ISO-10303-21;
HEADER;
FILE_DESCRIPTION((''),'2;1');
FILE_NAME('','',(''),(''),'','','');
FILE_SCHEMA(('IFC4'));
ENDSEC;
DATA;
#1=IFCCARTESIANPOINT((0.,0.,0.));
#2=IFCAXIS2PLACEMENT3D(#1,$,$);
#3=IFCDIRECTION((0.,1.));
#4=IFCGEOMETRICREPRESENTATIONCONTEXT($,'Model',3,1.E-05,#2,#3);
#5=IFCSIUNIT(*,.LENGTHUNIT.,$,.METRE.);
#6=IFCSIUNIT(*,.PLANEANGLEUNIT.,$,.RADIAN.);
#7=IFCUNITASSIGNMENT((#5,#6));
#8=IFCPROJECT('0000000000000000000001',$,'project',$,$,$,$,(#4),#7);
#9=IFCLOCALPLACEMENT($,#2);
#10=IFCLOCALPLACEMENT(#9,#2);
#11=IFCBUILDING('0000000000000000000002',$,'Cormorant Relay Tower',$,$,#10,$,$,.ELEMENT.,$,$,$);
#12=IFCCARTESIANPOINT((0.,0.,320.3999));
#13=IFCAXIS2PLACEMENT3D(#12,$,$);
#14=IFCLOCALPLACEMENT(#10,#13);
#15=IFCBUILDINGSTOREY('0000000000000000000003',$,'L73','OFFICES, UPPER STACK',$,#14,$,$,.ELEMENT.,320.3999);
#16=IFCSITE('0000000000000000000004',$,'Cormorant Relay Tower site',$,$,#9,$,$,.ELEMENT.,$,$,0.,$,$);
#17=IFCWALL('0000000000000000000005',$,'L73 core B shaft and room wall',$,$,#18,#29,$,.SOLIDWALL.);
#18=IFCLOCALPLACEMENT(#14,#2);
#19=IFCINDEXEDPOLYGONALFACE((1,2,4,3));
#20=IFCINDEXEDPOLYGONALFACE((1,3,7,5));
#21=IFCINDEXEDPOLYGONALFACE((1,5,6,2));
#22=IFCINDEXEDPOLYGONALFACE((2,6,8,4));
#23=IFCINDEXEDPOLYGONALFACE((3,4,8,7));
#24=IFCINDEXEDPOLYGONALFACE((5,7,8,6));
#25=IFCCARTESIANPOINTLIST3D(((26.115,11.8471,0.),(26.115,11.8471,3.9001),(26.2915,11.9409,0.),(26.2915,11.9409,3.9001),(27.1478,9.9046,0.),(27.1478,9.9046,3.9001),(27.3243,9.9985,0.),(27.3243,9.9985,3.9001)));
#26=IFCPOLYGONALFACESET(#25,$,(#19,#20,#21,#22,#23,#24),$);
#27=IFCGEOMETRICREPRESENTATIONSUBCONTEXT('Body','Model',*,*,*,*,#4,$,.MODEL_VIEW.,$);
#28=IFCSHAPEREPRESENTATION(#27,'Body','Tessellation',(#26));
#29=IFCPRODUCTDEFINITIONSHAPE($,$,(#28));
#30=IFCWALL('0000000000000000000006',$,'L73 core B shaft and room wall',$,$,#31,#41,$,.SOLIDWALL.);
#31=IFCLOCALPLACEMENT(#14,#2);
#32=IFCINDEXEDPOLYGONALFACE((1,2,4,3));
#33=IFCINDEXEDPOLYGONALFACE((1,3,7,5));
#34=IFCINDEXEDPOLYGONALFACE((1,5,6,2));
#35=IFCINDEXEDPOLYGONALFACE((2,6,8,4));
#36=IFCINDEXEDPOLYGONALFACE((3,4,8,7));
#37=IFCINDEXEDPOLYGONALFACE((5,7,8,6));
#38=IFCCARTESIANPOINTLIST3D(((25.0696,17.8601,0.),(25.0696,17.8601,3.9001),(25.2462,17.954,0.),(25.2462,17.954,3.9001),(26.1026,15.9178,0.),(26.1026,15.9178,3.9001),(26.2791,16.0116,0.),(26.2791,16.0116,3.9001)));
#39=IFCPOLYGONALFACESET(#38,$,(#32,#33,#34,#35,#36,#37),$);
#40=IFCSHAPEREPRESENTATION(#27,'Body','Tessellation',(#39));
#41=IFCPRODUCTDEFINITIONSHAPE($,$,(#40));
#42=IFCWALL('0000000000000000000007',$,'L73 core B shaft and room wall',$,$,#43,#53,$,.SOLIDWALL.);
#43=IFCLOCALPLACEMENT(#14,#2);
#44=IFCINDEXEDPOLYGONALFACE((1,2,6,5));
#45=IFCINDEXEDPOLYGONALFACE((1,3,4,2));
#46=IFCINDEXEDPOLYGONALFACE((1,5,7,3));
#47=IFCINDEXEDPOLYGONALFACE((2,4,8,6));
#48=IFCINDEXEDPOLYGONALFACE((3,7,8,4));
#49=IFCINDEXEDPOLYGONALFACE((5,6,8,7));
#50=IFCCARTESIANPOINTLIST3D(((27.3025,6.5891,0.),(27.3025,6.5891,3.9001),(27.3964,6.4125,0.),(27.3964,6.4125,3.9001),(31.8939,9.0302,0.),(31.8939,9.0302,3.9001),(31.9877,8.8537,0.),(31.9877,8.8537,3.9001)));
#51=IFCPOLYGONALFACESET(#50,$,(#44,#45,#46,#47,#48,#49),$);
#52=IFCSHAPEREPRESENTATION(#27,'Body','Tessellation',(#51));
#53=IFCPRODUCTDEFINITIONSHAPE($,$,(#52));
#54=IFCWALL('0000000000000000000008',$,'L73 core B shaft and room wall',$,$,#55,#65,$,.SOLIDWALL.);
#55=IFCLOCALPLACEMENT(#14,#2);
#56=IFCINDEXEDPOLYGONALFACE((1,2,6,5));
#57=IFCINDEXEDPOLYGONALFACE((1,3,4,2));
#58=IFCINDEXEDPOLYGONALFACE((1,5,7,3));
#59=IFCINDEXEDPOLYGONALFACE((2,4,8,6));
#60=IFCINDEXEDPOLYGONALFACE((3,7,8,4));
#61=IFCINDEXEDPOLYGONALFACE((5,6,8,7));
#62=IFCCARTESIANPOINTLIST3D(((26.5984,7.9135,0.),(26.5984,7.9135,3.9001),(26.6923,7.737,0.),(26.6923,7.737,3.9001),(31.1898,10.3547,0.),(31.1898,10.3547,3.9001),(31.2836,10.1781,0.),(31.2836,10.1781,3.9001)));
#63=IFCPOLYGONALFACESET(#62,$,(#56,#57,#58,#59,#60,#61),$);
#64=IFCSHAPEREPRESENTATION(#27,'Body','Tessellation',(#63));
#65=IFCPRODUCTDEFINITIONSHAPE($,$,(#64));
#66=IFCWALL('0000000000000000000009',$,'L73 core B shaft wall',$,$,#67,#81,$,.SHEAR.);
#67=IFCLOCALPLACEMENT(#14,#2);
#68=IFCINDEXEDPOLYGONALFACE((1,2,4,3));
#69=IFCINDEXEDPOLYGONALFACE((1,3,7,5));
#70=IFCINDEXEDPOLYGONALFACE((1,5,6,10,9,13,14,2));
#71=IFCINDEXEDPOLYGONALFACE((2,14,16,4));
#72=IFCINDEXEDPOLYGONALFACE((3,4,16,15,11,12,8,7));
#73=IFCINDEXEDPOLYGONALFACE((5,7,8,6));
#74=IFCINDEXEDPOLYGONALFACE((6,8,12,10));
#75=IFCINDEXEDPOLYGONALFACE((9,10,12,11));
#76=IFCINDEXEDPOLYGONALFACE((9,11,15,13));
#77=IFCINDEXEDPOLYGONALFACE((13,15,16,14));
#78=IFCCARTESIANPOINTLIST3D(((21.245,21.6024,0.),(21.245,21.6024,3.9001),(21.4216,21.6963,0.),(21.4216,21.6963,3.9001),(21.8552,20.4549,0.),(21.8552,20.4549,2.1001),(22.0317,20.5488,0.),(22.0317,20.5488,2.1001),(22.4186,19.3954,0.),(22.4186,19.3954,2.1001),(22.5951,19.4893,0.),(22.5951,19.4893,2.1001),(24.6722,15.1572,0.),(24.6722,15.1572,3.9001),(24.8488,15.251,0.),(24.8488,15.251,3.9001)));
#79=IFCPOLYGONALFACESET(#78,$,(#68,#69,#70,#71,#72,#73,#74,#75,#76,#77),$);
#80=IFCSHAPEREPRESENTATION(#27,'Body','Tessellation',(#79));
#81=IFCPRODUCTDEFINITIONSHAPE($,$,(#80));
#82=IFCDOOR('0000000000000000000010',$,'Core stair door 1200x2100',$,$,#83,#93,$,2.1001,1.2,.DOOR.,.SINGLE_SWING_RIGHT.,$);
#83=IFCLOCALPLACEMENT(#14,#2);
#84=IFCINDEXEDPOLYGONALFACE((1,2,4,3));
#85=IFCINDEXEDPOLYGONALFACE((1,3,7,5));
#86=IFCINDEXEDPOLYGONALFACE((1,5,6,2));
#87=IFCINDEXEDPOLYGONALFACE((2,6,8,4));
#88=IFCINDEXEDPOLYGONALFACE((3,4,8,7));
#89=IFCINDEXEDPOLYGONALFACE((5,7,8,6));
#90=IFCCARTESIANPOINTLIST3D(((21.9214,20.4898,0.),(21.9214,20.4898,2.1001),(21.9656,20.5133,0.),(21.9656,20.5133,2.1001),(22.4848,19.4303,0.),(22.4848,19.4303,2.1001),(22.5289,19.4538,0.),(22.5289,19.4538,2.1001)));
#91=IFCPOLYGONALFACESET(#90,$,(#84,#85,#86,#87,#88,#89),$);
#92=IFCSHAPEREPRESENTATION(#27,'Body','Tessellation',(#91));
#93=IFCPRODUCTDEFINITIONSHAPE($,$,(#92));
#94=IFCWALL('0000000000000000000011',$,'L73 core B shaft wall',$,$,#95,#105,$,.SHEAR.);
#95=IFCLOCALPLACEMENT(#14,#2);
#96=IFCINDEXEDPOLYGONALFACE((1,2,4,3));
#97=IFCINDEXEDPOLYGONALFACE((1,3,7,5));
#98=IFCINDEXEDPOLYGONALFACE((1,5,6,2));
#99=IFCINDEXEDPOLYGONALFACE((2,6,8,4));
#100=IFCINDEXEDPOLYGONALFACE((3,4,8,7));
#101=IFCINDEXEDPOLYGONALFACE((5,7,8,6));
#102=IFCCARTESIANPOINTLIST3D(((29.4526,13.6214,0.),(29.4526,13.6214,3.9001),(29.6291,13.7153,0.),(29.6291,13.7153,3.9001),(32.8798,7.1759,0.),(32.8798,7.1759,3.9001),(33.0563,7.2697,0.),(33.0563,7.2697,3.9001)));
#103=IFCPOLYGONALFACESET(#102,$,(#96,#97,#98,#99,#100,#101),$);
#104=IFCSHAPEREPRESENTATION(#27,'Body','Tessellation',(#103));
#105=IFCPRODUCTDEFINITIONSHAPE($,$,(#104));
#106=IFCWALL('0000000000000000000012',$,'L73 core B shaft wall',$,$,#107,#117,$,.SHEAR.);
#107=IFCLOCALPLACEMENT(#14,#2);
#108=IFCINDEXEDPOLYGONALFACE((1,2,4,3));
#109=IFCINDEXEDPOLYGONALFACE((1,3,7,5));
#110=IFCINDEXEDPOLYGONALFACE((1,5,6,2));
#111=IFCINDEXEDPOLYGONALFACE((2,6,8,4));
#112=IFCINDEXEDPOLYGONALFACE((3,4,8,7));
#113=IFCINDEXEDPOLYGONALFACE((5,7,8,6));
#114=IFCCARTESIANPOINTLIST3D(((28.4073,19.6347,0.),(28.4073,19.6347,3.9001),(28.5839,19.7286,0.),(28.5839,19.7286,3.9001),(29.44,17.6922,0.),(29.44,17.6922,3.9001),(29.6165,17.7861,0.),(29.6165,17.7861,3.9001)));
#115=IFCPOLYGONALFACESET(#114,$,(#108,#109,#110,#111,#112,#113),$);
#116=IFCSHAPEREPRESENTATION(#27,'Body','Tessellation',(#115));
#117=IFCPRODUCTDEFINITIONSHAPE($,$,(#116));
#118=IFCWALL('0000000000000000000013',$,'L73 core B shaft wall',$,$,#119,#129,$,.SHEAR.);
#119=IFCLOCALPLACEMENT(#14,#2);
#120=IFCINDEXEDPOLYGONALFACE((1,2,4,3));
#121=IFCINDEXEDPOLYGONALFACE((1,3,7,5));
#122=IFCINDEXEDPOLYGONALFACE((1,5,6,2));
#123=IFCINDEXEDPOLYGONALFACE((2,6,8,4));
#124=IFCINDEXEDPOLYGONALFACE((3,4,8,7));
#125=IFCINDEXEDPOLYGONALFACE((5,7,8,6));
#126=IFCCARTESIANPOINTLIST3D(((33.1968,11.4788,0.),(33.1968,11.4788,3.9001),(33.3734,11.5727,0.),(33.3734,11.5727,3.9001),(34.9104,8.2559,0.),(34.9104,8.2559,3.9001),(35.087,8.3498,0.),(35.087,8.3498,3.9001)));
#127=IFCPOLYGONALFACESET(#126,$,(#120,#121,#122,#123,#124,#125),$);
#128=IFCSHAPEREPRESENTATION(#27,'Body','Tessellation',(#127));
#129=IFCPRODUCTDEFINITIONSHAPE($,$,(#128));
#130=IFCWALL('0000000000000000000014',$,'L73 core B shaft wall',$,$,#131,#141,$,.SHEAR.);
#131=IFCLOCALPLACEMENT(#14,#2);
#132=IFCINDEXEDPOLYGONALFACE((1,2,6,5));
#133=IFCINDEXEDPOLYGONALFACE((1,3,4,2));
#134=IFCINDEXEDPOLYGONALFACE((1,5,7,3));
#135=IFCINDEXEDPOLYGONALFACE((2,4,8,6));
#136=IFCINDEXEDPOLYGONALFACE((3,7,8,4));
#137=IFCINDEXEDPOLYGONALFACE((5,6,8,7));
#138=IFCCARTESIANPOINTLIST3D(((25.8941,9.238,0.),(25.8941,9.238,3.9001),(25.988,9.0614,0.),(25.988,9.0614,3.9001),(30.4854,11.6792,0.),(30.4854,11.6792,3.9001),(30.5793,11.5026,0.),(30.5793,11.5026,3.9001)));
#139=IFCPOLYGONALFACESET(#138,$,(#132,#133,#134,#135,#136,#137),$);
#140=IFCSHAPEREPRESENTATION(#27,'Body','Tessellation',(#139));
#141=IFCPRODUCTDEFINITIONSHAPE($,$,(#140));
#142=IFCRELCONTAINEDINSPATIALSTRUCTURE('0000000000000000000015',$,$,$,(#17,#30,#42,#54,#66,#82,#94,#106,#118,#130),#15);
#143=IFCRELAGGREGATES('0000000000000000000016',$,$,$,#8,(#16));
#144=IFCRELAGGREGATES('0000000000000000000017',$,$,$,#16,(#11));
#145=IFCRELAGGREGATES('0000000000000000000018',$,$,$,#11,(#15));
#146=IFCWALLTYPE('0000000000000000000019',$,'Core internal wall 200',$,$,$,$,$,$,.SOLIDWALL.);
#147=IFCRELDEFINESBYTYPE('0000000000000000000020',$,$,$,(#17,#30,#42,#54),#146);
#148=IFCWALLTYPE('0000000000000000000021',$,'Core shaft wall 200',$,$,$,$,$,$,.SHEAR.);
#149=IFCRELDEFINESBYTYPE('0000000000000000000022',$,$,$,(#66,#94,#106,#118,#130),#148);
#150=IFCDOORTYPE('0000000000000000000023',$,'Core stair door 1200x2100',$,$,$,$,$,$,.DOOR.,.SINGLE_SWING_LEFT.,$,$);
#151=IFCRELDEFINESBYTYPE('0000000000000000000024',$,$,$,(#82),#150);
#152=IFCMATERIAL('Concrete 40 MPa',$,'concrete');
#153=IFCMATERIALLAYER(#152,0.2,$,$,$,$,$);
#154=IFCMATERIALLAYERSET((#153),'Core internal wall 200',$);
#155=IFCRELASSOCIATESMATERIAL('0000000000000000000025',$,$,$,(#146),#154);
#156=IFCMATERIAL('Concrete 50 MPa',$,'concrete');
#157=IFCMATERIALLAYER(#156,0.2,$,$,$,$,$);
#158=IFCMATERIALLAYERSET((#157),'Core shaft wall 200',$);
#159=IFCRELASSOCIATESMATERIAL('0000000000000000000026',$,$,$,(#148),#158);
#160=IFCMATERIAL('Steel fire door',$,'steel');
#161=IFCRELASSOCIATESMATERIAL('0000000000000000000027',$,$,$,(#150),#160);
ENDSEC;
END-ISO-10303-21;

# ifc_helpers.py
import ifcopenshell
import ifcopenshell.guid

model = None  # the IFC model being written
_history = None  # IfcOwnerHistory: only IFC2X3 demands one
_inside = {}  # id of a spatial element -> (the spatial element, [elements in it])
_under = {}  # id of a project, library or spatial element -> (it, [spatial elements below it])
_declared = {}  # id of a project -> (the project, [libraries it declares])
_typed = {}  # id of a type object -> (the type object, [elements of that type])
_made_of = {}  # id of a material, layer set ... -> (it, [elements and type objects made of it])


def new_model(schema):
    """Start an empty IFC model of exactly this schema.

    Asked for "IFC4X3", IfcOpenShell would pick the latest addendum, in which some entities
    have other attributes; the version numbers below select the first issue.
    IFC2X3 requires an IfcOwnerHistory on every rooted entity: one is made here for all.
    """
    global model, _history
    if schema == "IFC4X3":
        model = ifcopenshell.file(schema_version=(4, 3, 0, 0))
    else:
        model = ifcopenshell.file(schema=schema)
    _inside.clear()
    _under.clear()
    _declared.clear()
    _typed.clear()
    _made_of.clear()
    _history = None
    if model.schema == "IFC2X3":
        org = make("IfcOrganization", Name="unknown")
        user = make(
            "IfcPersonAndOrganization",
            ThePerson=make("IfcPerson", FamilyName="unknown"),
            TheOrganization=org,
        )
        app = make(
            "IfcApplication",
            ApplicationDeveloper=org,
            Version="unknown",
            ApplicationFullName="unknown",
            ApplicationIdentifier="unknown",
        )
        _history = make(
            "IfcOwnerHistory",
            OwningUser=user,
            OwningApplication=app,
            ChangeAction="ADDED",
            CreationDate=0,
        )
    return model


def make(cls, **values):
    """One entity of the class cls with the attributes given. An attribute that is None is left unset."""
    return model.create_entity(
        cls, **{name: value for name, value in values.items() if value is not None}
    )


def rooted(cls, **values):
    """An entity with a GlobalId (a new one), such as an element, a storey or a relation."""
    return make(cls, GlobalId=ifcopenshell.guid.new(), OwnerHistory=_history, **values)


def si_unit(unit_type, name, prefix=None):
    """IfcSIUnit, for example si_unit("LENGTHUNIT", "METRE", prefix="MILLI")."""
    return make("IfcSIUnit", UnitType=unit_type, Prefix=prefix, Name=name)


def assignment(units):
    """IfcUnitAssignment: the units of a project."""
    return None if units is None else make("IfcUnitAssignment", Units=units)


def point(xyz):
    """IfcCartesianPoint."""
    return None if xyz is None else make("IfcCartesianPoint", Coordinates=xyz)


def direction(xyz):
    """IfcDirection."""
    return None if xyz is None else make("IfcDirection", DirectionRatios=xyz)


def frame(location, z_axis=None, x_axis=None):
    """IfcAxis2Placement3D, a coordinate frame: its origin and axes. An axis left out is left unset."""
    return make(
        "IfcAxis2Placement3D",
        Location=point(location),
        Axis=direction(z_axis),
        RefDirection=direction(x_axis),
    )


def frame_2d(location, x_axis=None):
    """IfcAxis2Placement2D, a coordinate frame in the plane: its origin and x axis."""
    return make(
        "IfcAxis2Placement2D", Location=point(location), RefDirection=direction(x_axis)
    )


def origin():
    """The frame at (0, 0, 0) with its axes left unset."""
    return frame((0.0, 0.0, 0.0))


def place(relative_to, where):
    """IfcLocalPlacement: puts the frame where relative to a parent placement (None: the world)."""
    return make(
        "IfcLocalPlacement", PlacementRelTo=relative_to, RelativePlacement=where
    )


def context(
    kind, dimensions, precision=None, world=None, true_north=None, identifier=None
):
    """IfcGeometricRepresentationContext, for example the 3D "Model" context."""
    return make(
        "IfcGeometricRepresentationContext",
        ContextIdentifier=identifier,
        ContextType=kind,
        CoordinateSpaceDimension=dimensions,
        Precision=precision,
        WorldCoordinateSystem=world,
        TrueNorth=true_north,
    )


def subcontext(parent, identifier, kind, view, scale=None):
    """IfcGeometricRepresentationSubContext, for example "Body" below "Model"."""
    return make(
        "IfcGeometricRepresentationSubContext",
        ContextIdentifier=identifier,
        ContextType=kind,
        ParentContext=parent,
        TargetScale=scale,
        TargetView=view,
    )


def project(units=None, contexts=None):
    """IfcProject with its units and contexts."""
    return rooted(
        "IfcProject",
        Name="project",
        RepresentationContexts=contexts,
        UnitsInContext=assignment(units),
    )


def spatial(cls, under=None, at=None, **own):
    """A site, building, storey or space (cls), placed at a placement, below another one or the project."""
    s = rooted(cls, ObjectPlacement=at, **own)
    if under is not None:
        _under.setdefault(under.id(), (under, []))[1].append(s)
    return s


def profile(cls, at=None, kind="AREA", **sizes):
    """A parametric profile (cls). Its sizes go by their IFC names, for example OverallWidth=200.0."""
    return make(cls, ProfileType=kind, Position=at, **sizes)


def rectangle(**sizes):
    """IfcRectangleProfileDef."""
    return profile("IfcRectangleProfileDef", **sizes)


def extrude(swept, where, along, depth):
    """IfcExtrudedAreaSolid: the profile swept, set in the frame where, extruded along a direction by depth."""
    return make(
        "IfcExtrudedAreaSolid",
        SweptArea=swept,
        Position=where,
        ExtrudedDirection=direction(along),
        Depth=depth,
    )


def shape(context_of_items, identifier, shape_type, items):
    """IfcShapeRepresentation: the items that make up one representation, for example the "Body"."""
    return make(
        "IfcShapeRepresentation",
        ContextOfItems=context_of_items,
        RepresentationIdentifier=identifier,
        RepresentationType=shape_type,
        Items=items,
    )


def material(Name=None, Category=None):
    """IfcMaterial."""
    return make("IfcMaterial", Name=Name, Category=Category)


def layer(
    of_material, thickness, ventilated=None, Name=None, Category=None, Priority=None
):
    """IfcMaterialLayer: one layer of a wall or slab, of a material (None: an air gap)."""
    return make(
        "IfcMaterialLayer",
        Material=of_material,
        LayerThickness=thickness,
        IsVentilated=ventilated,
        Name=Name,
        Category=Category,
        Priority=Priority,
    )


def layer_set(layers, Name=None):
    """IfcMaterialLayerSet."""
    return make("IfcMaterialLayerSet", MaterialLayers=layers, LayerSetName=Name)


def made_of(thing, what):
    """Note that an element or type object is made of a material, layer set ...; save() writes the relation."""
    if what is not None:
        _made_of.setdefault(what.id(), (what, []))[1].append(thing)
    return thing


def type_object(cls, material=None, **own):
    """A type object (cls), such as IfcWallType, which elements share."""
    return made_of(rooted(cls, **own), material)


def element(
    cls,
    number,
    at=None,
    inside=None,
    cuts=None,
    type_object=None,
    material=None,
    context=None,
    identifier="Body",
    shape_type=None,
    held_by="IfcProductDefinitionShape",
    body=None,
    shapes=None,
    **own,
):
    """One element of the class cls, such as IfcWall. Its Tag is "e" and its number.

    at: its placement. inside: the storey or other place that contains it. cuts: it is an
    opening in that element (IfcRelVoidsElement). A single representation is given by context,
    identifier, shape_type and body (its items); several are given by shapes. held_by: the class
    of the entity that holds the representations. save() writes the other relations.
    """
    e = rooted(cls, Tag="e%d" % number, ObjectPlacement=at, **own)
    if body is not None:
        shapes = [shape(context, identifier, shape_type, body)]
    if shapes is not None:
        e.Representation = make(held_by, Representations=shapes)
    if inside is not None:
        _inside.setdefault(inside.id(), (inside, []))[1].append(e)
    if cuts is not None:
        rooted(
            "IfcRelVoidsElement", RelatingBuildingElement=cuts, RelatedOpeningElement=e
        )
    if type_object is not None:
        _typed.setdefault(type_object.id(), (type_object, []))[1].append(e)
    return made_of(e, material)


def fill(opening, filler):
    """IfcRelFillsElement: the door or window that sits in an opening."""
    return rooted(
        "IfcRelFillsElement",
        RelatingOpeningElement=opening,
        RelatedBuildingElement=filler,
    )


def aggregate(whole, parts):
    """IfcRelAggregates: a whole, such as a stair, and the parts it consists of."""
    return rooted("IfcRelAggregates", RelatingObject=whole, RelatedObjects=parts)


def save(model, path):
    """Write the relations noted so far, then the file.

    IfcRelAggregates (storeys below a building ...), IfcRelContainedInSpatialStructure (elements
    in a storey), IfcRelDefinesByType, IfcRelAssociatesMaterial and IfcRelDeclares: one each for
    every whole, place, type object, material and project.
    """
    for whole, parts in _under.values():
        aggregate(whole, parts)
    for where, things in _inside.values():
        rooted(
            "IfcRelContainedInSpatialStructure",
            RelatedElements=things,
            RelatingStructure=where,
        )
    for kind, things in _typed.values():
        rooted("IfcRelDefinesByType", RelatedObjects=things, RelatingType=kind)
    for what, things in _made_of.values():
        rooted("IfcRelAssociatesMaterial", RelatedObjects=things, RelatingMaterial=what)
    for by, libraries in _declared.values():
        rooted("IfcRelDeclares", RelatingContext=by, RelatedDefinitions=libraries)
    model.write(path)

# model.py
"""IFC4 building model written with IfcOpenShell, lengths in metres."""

from ifc_helpers import new_model, si_unit, direction, frame, frame_2d, origin, place, context, subcontext, project, spatial, rectangle, extrude, material, layer, layer_set, type_object, element, fill, save


model = new_model("IFC4")

# Units and contexts
model_context = context("Model", 3, precision=1e-05, world=origin(), true_north=direction((0.0, 1.0)))
body_context = subcontext(model_context, "Body", "Model", "MODEL_VIEW")
ifc_project = project(units=[si_unit("LENGTHUNIT", "METRE"), si_unit("PLANEANGLEUNIT", "RADIAN")], contexts=[model_context])

# Site, building, storey
site_placement = place(None, origin())
site = spatial("IfcSite", under=ifc_project, at=site_placement, Name="Cormorant Relay Tower site", CompositionType="ELEMENT", RefElevation=0.0)
building_placement = place(site_placement, origin())
building = spatial("IfcBuilding", under=site, at=building_placement, Name="Cormorant Relay Tower", CompositionType="ELEMENT")
storey_placement = place(building_placement, frame((0.0, 0.0, 320.3999)))
storey = spatial("IfcBuildingStorey", under=building, at=storey_placement, Name="L73", Description="OFFICES, UPPER STACK", CompositionType="ELEMENT", Elevation=320.3999)

# Walls
ifc_material_1 = material(Name="Concrete 40 MPa", Category="concrete")
ifc_layer_1 = layer(ifc_material_1, 0.2)
ifc_layer_set_1 = layer_set([ifc_layer_1], Name="Core internal wall 200")
wall_type_1 = type_object("IfcWallType", Name="Core internal wall 200", PredefinedType="SOLIDWALL", material=ifc_layer_set_1)
for number, where, z_axis, x_axis, name in (
    (1, (27.2361, 9.9514, 0.0), (0.0, 0.0, 1.0), (-0.469447, 0.88296, 0.0), "L73 core B shaft and room wall"),
    (2, (26.1909, 15.9646, 0.0), (0.0, 0.0, 1.0), (-0.469534, 0.882914, 0.0), "L73 core B shaft and room wall"),
):
    element("IfcWall", number, at=place(storey_placement, frame(where, z_axis=z_axis, x_axis=x_axis)), inside=storey, type_object=wall_type_1, Name=name, PredefinedType="SOLIDWALL", context=body_context, shape_type="SweptSolid", body=[
        extrude(rectangle(XDim=2.2, YDim=0.2, at=frame_2d((1.1001, 0.0))), origin(), (0.0, 0.0, 1.0), 3.9001),
    ])
for number, where, z_axis, x_axis, name in (
    (3, (27.3494, 6.5007, 0.0), (0.0, 0.0, 1.0), (0.882954, 0.46946, 0.0), "L73 core B shaft and room wall"),
    (4, (26.6453, 7.8252, 0.0), (0.0, 0.0, 1.0), (0.882954, 0.46946, 0.0), "L73 core B shaft and room wall"),
):
    element("IfcWall", number, at=place(storey_placement, frame(where, z_axis=z_axis, x_axis=x_axis)), inside=storey, type_object=wall_type_1, Name=name, PredefinedType="SOLIDWALL", context=body_context, shape_type="SweptSolid", body=[
        extrude(rectangle(XDim=5.2, YDim=0.2, at=frame_2d((2.6001, 0.0))), origin(), (0.0, 0.0, 1.0), 3.9001),
    ])

# Wall, opening, door
ifc_material_2 = material(Name="Concrete 50 MPa", Category="concrete")
ifc_layer_2 = layer(ifc_material_2, 0.2)
ifc_layer_set_2 = layer_set([ifc_layer_2], Name="Core shaft wall 200")
wall_type_2 = type_object("IfcWallType", Name="Core shaft wall 200", PredefinedType="SHEAR", material=ifc_layer_set_2)
wall_1_placement = place(storey_placement, frame((24.7605, 15.2041, 0.0), z_axis=(0.0, 0.0, 1.0), x_axis=(-0.469494, 0.882936, 0.0)))
wall_1 = element("IfcWall", 5, at=wall_1_placement, inside=storey, type_object=wall_type_2, Name="L73 core B shaft wall", PredefinedType="SHEAR", context=body_context, shape_type="SweptSolid", body=[
    extrude(rectangle(XDim=7.2998, YDim=0.2, at=frame_2d((3.6499, 0.0))), origin(), (0.0, 0.0, 1.0), 3.9001),
])
opening_1_placement = place(wall_1_placement, frame((4.8, 0.0, 0.0)))
opening_1 = element("IfcOpeningElement", 6, at=opening_1_placement, cuts=wall_1, PredefinedType="OPENING", context=body_context, shape_type="SweptSolid", body=[
    extrude(rectangle(XDim=1.2, YDim=2.1001, at=frame_2d((0.6001, 1.05))), frame((0.0, 0.1099, 0.0), z_axis=(0.0, -1.0, 0.0), x_axis=(1.0, 0.0, 0.0)), (0.0, 0.0, 1.0), 0.22),
])
ifc_material_3 = material(Name="Steel fire door", Category="steel")
door_type_1 = type_object("IfcDoorType", Name="Core stair door 1200x2100", OperationType="SINGLE_SWING_LEFT", PredefinedType="DOOR", material=ifc_material_3)
door_1_placement = place(opening_1_placement, frame((1.2, 0.0, 0.0), z_axis=(0.0, 0.0, 1.0), x_axis=(-1.0, 0.0, 0.0)))
door_1 = element("IfcDoor", 7, at=door_1_placement, inside=storey, type_object=door_type_1, Name="Core stair door 1200x2100", OperationType="SINGLE_SWING_RIGHT", OverallHeight=2.1001, OverallWidth=1.2, PredefinedType="DOOR", context=body_context, shape_type="SweptSolid", body=[
    extrude(rectangle(XDim=1.2, YDim=2.1001, at=frame_2d((0.6001, 1.05))), frame((0.0, 0.0249, 0.0), z_axis=(0.0, -1.0, 0.0), x_axis=(1.0, 0.0, 0.0)), (0.0, 0.0, 1.0), 0.05),
])
fill(opening_1, door_1)

# Walls
wall_2_placement = place(storey_placement, frame((32.968, 7.2229, 0.0), z_axis=(0.0, 0.0, 1.0), x_axis=(-0.46948, 0.882943, 0.0)))
element("IfcWall", 8, at=wall_2_placement, inside=storey, type_object=wall_type_2, Name="L73 core B shaft wall", PredefinedType="SHEAR", context=body_context, shape_type="SweptSolid", body=[
    extrude(rectangle(XDim=7.3, YDim=0.2, at=frame_2d((3.6499, 0.0))), origin(), (0.0, 0.0, 1.0), 3.9001),
])
wall_3_placement = place(storey_placement, frame((29.5283, 17.739, 0.0), z_axis=(0.0, 0.0, 1.0), x_axis=(-0.469401, 0.882985, 0.0)))
element("IfcWall", 9, at=wall_3_placement, inside=storey, type_object=wall_type_2, Name="L73 core B shaft wall", PredefinedType="SHEAR", context=body_context, shape_type="SweptSolid", body=[
    extrude(rectangle(XDim=2.2, YDim=0.2, at=frame_2d((1.1001, 0.0))), origin(), (0.0, 0.0, 1.0), 3.9001),
])
wall_4_placement = place(storey_placement, frame((34.9988, 8.3027, 0.0), z_axis=(0.0, 0.0, 1.0), x_axis=(-0.469467, 0.88295, 0.0)))
element("IfcWall", 10, at=wall_4_placement, inside=storey, type_object=wall_type_2, Name="L73 core B shaft wall", PredefinedType="SHEAR", context=body_context, shape_type="SweptSolid", body=[
    extrude(rectangle(XDim=3.6501, YDim=0.2, at=frame_2d((1.8252, 0.0))), origin(), (0.0, 0.0, 1.0), 3.9001),
])

# Wall
wall_5_placement = place(storey_placement, frame((25.9409, 9.1497, 0.0), z_axis=(0.0, 0.0, 1.0), x_axis=(0.882954, 0.46946, 0.0)))
element("IfcWall", 11, at=wall_5_placement, inside=storey, type_object=wall_type_2, Name="L73 core B shaft wall", PredefinedType="SHEAR", context=body_context, shape_type="SweptSolid", body=[
    extrude(rectangle(XDim=5.2, YDim=0.2, at=frame_2d((2.6001, 0.0))), origin(), (0.0, 0.0, 1.0), 3.9001),
])

save(model, "model.ifc")
